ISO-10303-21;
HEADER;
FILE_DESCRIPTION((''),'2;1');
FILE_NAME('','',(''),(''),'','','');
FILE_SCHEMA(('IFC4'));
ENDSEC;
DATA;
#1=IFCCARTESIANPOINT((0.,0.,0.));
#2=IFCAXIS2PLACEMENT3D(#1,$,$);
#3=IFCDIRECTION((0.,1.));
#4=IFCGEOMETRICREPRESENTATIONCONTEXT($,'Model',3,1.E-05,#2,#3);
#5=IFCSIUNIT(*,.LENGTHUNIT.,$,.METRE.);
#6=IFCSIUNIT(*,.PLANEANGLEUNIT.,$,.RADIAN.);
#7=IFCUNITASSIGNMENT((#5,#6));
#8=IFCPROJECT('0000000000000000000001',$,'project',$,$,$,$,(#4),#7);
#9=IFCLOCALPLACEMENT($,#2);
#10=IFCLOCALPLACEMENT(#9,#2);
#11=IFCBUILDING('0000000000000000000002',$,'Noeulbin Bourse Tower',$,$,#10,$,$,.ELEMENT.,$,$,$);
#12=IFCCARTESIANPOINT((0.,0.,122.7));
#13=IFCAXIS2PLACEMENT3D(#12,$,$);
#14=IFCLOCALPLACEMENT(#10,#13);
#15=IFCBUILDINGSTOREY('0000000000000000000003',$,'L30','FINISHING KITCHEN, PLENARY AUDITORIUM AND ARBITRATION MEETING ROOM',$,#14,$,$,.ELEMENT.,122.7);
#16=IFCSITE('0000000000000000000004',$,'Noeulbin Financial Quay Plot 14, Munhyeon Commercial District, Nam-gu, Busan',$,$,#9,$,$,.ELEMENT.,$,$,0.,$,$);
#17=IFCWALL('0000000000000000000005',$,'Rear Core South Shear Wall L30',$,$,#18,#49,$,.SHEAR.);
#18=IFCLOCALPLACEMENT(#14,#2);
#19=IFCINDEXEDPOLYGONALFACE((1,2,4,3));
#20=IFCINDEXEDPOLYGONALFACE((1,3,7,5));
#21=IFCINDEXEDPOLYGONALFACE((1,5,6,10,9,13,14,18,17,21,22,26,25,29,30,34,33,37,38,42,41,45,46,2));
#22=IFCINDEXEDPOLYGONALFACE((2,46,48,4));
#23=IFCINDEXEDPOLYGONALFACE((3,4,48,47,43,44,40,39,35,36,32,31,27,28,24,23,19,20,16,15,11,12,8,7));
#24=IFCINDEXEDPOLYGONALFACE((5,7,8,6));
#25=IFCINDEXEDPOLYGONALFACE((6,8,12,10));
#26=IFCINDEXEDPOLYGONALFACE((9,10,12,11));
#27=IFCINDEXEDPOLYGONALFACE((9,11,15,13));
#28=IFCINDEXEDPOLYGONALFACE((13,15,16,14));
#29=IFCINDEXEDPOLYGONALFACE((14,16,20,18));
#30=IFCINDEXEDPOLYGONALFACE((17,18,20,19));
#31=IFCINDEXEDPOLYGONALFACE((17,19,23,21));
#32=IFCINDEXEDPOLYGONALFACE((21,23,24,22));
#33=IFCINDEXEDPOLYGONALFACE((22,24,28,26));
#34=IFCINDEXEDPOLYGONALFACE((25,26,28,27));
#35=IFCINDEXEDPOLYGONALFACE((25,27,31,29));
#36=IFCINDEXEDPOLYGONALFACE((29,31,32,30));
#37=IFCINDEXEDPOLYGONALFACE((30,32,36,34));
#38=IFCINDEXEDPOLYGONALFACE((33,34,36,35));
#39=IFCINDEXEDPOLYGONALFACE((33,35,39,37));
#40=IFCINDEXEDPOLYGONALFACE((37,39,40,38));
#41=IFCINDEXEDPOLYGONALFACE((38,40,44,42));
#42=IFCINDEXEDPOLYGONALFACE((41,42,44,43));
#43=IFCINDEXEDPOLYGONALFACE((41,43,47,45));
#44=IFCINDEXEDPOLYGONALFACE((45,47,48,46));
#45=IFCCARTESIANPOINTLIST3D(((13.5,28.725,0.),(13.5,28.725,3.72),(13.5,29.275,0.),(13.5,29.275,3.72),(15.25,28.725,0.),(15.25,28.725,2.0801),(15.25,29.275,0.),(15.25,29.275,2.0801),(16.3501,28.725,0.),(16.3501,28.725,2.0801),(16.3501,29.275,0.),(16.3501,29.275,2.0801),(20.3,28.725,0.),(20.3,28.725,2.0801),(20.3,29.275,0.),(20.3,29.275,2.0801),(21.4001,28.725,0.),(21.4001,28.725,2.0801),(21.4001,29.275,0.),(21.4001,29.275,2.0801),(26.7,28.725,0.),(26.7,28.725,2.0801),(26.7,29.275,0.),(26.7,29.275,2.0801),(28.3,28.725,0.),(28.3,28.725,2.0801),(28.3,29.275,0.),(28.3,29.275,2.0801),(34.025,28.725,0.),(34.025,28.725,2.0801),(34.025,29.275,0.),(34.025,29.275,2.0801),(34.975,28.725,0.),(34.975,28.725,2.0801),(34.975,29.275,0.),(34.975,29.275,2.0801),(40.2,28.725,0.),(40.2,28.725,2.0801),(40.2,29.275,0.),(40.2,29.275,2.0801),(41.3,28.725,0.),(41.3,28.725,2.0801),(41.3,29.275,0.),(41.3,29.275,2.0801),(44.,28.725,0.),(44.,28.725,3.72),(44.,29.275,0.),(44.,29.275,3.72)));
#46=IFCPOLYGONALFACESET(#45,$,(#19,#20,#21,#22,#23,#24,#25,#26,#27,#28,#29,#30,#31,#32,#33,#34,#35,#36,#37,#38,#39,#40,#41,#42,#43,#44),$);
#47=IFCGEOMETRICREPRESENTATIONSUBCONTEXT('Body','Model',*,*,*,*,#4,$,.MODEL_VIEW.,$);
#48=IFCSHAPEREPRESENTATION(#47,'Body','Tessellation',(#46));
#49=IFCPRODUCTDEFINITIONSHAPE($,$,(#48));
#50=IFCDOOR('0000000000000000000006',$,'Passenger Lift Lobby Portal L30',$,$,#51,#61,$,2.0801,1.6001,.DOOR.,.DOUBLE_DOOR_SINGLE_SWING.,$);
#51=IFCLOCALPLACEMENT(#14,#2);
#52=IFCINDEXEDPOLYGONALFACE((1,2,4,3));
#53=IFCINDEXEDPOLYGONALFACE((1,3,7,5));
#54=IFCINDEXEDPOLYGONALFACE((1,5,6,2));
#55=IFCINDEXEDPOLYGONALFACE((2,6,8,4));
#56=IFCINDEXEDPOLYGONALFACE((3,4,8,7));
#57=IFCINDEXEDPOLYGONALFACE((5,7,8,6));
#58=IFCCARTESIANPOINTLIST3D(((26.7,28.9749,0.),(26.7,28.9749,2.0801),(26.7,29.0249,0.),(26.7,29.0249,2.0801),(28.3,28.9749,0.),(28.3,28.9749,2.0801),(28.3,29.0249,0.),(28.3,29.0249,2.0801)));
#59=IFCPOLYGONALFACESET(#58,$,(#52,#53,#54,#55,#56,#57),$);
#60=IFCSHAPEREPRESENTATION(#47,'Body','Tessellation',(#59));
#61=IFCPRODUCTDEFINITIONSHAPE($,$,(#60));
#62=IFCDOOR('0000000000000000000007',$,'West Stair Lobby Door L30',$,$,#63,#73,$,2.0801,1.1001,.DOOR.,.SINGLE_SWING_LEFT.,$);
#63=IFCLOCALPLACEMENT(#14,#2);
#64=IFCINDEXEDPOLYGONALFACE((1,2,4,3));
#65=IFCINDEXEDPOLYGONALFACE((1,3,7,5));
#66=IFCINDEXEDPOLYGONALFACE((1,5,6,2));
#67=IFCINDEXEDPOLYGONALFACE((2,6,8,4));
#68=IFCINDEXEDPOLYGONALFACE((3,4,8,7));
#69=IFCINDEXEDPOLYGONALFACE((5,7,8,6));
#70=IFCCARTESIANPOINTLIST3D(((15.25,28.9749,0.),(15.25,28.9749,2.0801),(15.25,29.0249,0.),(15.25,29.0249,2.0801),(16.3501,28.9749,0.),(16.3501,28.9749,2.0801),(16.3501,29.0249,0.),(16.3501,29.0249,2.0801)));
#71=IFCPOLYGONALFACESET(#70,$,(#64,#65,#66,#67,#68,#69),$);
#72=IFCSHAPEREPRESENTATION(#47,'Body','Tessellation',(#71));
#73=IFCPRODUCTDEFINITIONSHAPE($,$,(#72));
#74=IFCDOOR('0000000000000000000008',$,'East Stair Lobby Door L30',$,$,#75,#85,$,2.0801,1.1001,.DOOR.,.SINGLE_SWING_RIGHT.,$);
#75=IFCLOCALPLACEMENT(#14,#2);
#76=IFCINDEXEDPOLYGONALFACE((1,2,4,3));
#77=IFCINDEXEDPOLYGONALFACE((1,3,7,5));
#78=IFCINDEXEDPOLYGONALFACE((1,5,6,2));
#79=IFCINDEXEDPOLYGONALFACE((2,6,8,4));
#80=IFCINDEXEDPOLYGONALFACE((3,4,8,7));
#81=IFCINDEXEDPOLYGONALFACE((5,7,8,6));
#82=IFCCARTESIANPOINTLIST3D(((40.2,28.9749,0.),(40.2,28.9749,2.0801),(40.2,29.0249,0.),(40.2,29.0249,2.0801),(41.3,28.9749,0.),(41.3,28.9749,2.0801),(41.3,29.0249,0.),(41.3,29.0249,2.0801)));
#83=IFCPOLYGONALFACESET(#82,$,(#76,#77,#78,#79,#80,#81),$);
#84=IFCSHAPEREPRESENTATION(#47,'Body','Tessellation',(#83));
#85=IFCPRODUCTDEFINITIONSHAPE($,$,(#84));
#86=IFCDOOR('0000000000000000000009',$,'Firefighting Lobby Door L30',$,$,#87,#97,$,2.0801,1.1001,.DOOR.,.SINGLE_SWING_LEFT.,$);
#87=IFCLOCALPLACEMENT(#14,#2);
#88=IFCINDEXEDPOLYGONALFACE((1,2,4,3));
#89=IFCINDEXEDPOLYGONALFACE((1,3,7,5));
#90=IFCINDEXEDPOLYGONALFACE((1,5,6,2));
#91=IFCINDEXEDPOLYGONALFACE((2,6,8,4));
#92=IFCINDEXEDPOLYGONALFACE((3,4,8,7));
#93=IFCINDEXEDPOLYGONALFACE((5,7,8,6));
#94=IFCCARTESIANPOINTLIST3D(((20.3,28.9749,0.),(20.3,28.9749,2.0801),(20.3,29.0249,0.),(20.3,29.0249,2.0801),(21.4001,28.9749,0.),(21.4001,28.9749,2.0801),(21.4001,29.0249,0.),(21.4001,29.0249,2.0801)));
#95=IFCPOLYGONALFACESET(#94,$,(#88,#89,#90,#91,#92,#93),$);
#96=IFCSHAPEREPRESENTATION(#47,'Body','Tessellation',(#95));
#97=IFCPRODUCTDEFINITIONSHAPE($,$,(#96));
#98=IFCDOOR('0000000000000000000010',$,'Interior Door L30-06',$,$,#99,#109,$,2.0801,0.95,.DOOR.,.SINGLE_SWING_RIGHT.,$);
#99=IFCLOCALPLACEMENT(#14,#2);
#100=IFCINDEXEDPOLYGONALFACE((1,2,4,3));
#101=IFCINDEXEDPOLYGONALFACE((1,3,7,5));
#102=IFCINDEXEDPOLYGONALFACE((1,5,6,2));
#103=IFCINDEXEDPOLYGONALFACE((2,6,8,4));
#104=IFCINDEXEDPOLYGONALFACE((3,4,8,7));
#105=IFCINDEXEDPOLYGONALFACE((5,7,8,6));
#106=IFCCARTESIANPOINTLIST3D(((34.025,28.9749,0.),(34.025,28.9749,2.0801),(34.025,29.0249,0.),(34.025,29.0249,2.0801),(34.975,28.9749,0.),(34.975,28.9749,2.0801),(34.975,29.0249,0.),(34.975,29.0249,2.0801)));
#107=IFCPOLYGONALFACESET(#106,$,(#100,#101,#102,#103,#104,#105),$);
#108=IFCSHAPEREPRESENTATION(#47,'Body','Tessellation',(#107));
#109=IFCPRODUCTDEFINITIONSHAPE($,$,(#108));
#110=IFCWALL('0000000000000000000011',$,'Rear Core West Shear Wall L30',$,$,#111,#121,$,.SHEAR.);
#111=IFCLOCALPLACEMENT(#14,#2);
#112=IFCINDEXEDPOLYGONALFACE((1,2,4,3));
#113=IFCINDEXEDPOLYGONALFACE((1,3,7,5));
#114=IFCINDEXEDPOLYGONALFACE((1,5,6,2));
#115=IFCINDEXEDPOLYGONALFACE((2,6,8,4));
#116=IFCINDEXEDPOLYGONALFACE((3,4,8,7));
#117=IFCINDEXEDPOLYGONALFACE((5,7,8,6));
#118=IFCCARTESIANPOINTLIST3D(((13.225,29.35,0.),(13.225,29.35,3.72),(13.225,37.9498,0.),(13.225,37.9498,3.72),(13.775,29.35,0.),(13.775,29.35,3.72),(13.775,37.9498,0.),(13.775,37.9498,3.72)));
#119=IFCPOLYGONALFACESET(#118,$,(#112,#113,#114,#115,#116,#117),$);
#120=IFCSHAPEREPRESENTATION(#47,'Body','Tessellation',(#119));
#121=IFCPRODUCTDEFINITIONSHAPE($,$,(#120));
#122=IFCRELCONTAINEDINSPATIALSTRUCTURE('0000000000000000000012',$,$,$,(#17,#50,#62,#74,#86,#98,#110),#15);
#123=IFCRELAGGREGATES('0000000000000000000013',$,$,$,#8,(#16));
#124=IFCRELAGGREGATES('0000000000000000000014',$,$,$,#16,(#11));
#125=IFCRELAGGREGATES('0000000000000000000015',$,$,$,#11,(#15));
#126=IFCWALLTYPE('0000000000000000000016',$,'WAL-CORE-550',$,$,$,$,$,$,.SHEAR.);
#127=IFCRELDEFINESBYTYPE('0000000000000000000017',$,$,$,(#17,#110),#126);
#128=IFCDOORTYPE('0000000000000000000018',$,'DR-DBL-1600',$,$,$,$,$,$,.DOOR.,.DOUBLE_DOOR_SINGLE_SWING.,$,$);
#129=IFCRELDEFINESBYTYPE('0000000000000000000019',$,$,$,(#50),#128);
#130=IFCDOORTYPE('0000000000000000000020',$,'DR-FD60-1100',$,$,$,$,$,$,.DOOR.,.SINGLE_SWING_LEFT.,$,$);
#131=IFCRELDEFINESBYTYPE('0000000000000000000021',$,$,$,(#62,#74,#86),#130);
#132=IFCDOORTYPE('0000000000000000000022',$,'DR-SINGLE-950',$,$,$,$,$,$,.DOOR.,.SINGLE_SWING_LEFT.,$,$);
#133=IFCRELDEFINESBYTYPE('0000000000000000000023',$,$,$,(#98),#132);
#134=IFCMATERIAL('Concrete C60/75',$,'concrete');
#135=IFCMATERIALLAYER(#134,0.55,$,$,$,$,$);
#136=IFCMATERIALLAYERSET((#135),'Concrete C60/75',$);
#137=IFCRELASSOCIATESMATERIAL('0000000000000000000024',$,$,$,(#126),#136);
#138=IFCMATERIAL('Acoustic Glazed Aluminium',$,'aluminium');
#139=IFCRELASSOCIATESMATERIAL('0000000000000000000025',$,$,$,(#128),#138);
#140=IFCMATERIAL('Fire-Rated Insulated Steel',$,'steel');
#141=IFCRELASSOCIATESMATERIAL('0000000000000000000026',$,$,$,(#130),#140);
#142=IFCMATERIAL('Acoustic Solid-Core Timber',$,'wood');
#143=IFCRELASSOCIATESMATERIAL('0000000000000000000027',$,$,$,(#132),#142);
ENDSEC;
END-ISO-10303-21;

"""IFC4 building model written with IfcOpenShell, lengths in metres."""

from ifc_helpers import new_model, si_unit, direction, frame, frame_2d, origin, place, context, subcontext, project, spatial, rectangle, extrude, material, layer, layer_set, type_object, element, fill, save


model = new_model("IFC4")

# Units and contexts
model_context = context("Model", 3, precision=1e-05, world=origin(), true_north=direction((0.0, 1.0)))
body_context = subcontext(model_context, "Body", "Model", "MODEL_VIEW")
ifc_project = project(units=[si_unit("LENGTHUNIT", "METRE"), si_unit("PLANEANGLEUNIT", "RADIAN")], contexts=[model_context])

# Site, building, storey
site_placement = place(None, origin())
site = spatial("IfcSite", under=ifc_project, at=site_placement, Name="Noeulbin Financial Quay Plot 14, Munhyeon Commercial District, Nam-gu, Busan", CompositionType="ELEMENT", RefElevation=0.0)
building_placement = place(site_placement, origin())
building = spatial("IfcBuilding", under=site, at=building_placement, Name="Noeulbin Bourse Tower", CompositionType="ELEMENT")
storey_placement = place(building_placement, frame((0.0, 0.0, 122.7)))
storey = spatial("IfcBuildingStorey", under=building, at=storey_placement, Name="L30", Description="FINISHING KITCHEN, PLENARY AUDITORIUM AND ARBITRATION MEETING ROOM", CompositionType="ELEMENT", Elevation=122.7)

# Wall, openings, doors
ifc_material_1 = material(Name="Concrete C60/75", Category="concrete")
ifc_layer_1 = layer(ifc_material_1, 0.55)
ifc_layer_set_1 = layer_set([ifc_layer_1], Name="Concrete C60/75")
wall_type_1 = type_object("IfcWallType", Name="WAL-CORE-550", PredefinedType="SHEAR", material=ifc_layer_set_1)
wall_1_placement = place(storey_placement, frame((13.5, 29.0, 0.0), z_axis=(0.0, 0.0, 1.0), x_axis=(1.0, 0.0, 0.0)))
wall_1 = element("IfcWall", 1, at=wall_1_placement, inside=storey, type_object=wall_type_1, Name="Rear Core South Shear Wall L30", PredefinedType="SHEAR", context=body_context, shape_type="SweptSolid", body=[
    extrude(rectangle(XDim=30.5, YDim=0.55, at=frame_2d((15.25, 0.0))), origin(), (0.0, 0.0, 1.0), 3.72),
])
opening_1_placement = place(wall_1_placement, frame((1.75, 0.0, 0.0)))
opening_1 = element("IfcOpeningElement", 2, at=opening_1_placement, cuts=wall_1, PredefinedType="OPENING", context=body_context, shape_type="SweptSolid", body=[
    extrude(rectangle(XDim=1.1001, YDim=2.0801, at=frame_2d((0.55, 1.04))), frame((0.0, 0.2849, 0.0), z_axis=(0.0, -1.0, 0.0), x_axis=(1.0, 0.0, 0.0)), (0.0, 0.0, 1.0), 0.5701),
])
opening_2_placement = place(wall_1_placement, frame((26.7, 0.0, 0.0)))
opening_2 = element("IfcOpeningElement", 3, at=opening_2_placement, cuts=wall_1, PredefinedType="OPENING", context=body_context, shape_type="SweptSolid", body=[
    extrude(rectangle(XDim=1.1001, YDim=2.0801, at=frame_2d((0.55, 1.04))), frame((0.0, 0.2849, 0.0), z_axis=(0.0, -1.0, 0.0), x_axis=(1.0, 0.0, 0.0)), (0.0, 0.0, 1.0), 0.5701),
])
opening_3_placement = place(wall_1_placement, frame((6.8, 0.0, 0.0)))
opening_3 = element("IfcOpeningElement", 4, at=opening_3_placement, cuts=wall_1, PredefinedType="OPENING", context=body_context, shape_type="SweptSolid", body=[
    extrude(rectangle(XDim=1.1001, YDim=2.0801, at=frame_2d((0.55, 1.04))), frame((0.0, 0.2849, 0.0), z_axis=(0.0, -1.0, 0.0), x_axis=(1.0, 0.0, 0.0)), (0.0, 0.0, 1.0), 0.5701),
])
opening_4_placement = place(wall_1_placement, frame((13.2, 0.0, 0.0)))
opening_4 = element("IfcOpeningElement", 5, at=opening_4_placement, cuts=wall_1, PredefinedType="OPENING", context=body_context, shape_type="SweptSolid", body=[
    extrude(rectangle(XDim=1.6001, YDim=2.0801, at=frame_2d((0.8, 1.04))), frame((0.0, 0.2849, 0.0), z_axis=(0.0, -1.0, 0.0), x_axis=(1.0, 0.0, 0.0)), (0.0, 0.0, 1.0), 0.5701),
])
opening_5_placement = place(wall_1_placement, frame((20.5249, 0.0, 0.0)))
opening_5 = element("IfcOpeningElement", 6, at=opening_5_placement, cuts=wall_1, PredefinedType="OPENING", context=body_context, shape_type="SweptSolid", body=[
    extrude(rectangle(XDim=0.95, YDim=2.0801, at=frame_2d((0.4751, 1.04))), frame((0.0, 0.2849, 0.0), z_axis=(0.0, -1.0, 0.0), x_axis=(1.0, 0.0, 0.0)), (0.0, 0.0, 1.0), 0.5701),
])
ifc_material_2 = material(Name="Acoustic Glazed Aluminium", Category="aluminium")
door_type_1 = type_object("IfcDoorType", Name="DR-DBL-1600", OperationType="DOUBLE_DOOR_SINGLE_SWING", PredefinedType="DOOR", material=ifc_material_2)
door_1_placement = place(opening_4_placement, origin())
door_1 = element("IfcDoor", 7, at=door_1_placement, inside=storey, type_object=door_type_1, Name="Passenger Lift Lobby Portal L30", OperationType="DOUBLE_DOOR_SINGLE_SWING", OverallHeight=2.0801, OverallWidth=1.6001, PredefinedType="DOOR", context=body_context, shape_type="SweptSolid", body=[
    extrude(rectangle(XDim=1.6001, YDim=2.0801, at=frame_2d((0.8, 1.04))), frame((0.0, 0.0249, 0.0), z_axis=(0.0, -1.0, 0.0), x_axis=(1.0, 0.0, 0.0)), (0.0, 0.0, 1.0), 0.05),
])
fill(opening_4, door_1)
ifc_material_3 = material(Name="Fire-Rated Insulated Steel", Category="steel")
door_type_2 = type_object("IfcDoorType", Name="DR-FD60-1100", OperationType="SINGLE_SWING_LEFT", PredefinedType="DOOR", material=ifc_material_3)
door_2_placement = place(opening_1_placement, origin())
door_2 = element("IfcDoor", 8, at=door_2_placement, inside=storey, type_object=door_type_2, Name="West Stair Lobby Door L30", OperationType="SINGLE_SWING_LEFT", OverallHeight=2.0801, OverallWidth=1.1001, PredefinedType="DOOR", context=body_context, shape_type="SweptSolid", body=[
    extrude(rectangle(XDim=1.1001, YDim=2.0801, at=frame_2d((0.55, 1.04))), frame((0.0, 0.0249, 0.0), z_axis=(0.0, -1.0, 0.0), x_axis=(1.0, 0.0, 0.0)), (0.0, 0.0, 1.0), 0.05),
])
fill(opening_1, door_2)
door_3_placement = place(opening_2_placement, origin())
door_3 = element("IfcDoor", 9, at=door_3_placement, inside=storey, type_object=door_type_2, Name="East Stair Lobby Door L30", OperationType="SINGLE_SWING_RIGHT", OverallHeight=2.0801, OverallWidth=1.1001, PredefinedType="DOOR", context=body_context, shape_type="SweptSolid", body=[
    extrude(rectangle(XDim=1.1001, YDim=2.0801, at=frame_2d((0.55, 1.04))), frame((0.0, 0.0249, 0.0), z_axis=(0.0, -1.0, 0.0), x_axis=(1.0, 0.0, 0.0)), (0.0, 0.0, 1.0), 0.05),
])
fill(opening_2, door_3)
door_4_placement = place(opening_3_placement, origin())
door_4 = element("IfcDoor", 10, at=door_4_placement, inside=storey, type_object=door_type_2, Name="Firefighting Lobby Door L30", OperationType="SINGLE_SWING_LEFT", OverallHeight=2.0801, OverallWidth=1.1001, PredefinedType="DOOR", context=body_context, shape_type="SweptSolid", body=[
    extrude(rectangle(XDim=1.1001, YDim=2.0801, at=frame_2d((0.55, 1.04))), frame((0.0, 0.0249, 0.0), z_axis=(0.0, -1.0, 0.0), x_axis=(1.0, 0.0, 0.0)), (0.0, 0.0, 1.0), 0.05),
])
fill(opening_3, door_4)
ifc_material_4 = material(Name="Acoustic Solid-Core Timber", Category="wood")
door_type_3 = type_object("IfcDoorType", Name="DR-SINGLE-950", OperationType="SINGLE_SWING_LEFT", PredefinedType="DOOR", material=ifc_material_4)
door_5_placement = place(opening_5_placement, origin())
door_5 = element("IfcDoor", 11, at=door_5_placement, inside=storey, type_object=door_type_3, Name="Interior Door L30-06", OperationType="SINGLE_SWING_RIGHT", OverallHeight=2.0801, OverallWidth=0.95, PredefinedType="DOOR", context=body_context, shape_type="SweptSolid", body=[
    extrude(rectangle(XDim=0.95, YDim=2.0801, at=frame_2d((0.4751, 1.04))), frame((0.0, 0.0249, 0.0), z_axis=(0.0, -1.0, 0.0), x_axis=(1.0, 0.0, 0.0)), (0.0, 0.0, 1.0), 0.05),
])
fill(opening_5, door_5)

# Wall
wall_2_placement = place(storey_placement, frame((13.5, 29.3501, 0.0), z_axis=(0.0, 0.0, 1.0), x_axis=(0.0, 1.0, 0.0)))
element("IfcWall", 12, at=wall_2_placement, inside=storey, type_object=wall_type_1, Name="Rear Core West Shear Wall L30", PredefinedType="SHEAR", context=body_context, shape_type="SweptSolid", body=[
    extrude(rectangle(XDim=8.5999, YDim=0.55, at=frame_2d((4.2998, 0.0))), origin(), (0.0, 0.0, 1.0), 3.72),
])

save(model, "model.ifc")
